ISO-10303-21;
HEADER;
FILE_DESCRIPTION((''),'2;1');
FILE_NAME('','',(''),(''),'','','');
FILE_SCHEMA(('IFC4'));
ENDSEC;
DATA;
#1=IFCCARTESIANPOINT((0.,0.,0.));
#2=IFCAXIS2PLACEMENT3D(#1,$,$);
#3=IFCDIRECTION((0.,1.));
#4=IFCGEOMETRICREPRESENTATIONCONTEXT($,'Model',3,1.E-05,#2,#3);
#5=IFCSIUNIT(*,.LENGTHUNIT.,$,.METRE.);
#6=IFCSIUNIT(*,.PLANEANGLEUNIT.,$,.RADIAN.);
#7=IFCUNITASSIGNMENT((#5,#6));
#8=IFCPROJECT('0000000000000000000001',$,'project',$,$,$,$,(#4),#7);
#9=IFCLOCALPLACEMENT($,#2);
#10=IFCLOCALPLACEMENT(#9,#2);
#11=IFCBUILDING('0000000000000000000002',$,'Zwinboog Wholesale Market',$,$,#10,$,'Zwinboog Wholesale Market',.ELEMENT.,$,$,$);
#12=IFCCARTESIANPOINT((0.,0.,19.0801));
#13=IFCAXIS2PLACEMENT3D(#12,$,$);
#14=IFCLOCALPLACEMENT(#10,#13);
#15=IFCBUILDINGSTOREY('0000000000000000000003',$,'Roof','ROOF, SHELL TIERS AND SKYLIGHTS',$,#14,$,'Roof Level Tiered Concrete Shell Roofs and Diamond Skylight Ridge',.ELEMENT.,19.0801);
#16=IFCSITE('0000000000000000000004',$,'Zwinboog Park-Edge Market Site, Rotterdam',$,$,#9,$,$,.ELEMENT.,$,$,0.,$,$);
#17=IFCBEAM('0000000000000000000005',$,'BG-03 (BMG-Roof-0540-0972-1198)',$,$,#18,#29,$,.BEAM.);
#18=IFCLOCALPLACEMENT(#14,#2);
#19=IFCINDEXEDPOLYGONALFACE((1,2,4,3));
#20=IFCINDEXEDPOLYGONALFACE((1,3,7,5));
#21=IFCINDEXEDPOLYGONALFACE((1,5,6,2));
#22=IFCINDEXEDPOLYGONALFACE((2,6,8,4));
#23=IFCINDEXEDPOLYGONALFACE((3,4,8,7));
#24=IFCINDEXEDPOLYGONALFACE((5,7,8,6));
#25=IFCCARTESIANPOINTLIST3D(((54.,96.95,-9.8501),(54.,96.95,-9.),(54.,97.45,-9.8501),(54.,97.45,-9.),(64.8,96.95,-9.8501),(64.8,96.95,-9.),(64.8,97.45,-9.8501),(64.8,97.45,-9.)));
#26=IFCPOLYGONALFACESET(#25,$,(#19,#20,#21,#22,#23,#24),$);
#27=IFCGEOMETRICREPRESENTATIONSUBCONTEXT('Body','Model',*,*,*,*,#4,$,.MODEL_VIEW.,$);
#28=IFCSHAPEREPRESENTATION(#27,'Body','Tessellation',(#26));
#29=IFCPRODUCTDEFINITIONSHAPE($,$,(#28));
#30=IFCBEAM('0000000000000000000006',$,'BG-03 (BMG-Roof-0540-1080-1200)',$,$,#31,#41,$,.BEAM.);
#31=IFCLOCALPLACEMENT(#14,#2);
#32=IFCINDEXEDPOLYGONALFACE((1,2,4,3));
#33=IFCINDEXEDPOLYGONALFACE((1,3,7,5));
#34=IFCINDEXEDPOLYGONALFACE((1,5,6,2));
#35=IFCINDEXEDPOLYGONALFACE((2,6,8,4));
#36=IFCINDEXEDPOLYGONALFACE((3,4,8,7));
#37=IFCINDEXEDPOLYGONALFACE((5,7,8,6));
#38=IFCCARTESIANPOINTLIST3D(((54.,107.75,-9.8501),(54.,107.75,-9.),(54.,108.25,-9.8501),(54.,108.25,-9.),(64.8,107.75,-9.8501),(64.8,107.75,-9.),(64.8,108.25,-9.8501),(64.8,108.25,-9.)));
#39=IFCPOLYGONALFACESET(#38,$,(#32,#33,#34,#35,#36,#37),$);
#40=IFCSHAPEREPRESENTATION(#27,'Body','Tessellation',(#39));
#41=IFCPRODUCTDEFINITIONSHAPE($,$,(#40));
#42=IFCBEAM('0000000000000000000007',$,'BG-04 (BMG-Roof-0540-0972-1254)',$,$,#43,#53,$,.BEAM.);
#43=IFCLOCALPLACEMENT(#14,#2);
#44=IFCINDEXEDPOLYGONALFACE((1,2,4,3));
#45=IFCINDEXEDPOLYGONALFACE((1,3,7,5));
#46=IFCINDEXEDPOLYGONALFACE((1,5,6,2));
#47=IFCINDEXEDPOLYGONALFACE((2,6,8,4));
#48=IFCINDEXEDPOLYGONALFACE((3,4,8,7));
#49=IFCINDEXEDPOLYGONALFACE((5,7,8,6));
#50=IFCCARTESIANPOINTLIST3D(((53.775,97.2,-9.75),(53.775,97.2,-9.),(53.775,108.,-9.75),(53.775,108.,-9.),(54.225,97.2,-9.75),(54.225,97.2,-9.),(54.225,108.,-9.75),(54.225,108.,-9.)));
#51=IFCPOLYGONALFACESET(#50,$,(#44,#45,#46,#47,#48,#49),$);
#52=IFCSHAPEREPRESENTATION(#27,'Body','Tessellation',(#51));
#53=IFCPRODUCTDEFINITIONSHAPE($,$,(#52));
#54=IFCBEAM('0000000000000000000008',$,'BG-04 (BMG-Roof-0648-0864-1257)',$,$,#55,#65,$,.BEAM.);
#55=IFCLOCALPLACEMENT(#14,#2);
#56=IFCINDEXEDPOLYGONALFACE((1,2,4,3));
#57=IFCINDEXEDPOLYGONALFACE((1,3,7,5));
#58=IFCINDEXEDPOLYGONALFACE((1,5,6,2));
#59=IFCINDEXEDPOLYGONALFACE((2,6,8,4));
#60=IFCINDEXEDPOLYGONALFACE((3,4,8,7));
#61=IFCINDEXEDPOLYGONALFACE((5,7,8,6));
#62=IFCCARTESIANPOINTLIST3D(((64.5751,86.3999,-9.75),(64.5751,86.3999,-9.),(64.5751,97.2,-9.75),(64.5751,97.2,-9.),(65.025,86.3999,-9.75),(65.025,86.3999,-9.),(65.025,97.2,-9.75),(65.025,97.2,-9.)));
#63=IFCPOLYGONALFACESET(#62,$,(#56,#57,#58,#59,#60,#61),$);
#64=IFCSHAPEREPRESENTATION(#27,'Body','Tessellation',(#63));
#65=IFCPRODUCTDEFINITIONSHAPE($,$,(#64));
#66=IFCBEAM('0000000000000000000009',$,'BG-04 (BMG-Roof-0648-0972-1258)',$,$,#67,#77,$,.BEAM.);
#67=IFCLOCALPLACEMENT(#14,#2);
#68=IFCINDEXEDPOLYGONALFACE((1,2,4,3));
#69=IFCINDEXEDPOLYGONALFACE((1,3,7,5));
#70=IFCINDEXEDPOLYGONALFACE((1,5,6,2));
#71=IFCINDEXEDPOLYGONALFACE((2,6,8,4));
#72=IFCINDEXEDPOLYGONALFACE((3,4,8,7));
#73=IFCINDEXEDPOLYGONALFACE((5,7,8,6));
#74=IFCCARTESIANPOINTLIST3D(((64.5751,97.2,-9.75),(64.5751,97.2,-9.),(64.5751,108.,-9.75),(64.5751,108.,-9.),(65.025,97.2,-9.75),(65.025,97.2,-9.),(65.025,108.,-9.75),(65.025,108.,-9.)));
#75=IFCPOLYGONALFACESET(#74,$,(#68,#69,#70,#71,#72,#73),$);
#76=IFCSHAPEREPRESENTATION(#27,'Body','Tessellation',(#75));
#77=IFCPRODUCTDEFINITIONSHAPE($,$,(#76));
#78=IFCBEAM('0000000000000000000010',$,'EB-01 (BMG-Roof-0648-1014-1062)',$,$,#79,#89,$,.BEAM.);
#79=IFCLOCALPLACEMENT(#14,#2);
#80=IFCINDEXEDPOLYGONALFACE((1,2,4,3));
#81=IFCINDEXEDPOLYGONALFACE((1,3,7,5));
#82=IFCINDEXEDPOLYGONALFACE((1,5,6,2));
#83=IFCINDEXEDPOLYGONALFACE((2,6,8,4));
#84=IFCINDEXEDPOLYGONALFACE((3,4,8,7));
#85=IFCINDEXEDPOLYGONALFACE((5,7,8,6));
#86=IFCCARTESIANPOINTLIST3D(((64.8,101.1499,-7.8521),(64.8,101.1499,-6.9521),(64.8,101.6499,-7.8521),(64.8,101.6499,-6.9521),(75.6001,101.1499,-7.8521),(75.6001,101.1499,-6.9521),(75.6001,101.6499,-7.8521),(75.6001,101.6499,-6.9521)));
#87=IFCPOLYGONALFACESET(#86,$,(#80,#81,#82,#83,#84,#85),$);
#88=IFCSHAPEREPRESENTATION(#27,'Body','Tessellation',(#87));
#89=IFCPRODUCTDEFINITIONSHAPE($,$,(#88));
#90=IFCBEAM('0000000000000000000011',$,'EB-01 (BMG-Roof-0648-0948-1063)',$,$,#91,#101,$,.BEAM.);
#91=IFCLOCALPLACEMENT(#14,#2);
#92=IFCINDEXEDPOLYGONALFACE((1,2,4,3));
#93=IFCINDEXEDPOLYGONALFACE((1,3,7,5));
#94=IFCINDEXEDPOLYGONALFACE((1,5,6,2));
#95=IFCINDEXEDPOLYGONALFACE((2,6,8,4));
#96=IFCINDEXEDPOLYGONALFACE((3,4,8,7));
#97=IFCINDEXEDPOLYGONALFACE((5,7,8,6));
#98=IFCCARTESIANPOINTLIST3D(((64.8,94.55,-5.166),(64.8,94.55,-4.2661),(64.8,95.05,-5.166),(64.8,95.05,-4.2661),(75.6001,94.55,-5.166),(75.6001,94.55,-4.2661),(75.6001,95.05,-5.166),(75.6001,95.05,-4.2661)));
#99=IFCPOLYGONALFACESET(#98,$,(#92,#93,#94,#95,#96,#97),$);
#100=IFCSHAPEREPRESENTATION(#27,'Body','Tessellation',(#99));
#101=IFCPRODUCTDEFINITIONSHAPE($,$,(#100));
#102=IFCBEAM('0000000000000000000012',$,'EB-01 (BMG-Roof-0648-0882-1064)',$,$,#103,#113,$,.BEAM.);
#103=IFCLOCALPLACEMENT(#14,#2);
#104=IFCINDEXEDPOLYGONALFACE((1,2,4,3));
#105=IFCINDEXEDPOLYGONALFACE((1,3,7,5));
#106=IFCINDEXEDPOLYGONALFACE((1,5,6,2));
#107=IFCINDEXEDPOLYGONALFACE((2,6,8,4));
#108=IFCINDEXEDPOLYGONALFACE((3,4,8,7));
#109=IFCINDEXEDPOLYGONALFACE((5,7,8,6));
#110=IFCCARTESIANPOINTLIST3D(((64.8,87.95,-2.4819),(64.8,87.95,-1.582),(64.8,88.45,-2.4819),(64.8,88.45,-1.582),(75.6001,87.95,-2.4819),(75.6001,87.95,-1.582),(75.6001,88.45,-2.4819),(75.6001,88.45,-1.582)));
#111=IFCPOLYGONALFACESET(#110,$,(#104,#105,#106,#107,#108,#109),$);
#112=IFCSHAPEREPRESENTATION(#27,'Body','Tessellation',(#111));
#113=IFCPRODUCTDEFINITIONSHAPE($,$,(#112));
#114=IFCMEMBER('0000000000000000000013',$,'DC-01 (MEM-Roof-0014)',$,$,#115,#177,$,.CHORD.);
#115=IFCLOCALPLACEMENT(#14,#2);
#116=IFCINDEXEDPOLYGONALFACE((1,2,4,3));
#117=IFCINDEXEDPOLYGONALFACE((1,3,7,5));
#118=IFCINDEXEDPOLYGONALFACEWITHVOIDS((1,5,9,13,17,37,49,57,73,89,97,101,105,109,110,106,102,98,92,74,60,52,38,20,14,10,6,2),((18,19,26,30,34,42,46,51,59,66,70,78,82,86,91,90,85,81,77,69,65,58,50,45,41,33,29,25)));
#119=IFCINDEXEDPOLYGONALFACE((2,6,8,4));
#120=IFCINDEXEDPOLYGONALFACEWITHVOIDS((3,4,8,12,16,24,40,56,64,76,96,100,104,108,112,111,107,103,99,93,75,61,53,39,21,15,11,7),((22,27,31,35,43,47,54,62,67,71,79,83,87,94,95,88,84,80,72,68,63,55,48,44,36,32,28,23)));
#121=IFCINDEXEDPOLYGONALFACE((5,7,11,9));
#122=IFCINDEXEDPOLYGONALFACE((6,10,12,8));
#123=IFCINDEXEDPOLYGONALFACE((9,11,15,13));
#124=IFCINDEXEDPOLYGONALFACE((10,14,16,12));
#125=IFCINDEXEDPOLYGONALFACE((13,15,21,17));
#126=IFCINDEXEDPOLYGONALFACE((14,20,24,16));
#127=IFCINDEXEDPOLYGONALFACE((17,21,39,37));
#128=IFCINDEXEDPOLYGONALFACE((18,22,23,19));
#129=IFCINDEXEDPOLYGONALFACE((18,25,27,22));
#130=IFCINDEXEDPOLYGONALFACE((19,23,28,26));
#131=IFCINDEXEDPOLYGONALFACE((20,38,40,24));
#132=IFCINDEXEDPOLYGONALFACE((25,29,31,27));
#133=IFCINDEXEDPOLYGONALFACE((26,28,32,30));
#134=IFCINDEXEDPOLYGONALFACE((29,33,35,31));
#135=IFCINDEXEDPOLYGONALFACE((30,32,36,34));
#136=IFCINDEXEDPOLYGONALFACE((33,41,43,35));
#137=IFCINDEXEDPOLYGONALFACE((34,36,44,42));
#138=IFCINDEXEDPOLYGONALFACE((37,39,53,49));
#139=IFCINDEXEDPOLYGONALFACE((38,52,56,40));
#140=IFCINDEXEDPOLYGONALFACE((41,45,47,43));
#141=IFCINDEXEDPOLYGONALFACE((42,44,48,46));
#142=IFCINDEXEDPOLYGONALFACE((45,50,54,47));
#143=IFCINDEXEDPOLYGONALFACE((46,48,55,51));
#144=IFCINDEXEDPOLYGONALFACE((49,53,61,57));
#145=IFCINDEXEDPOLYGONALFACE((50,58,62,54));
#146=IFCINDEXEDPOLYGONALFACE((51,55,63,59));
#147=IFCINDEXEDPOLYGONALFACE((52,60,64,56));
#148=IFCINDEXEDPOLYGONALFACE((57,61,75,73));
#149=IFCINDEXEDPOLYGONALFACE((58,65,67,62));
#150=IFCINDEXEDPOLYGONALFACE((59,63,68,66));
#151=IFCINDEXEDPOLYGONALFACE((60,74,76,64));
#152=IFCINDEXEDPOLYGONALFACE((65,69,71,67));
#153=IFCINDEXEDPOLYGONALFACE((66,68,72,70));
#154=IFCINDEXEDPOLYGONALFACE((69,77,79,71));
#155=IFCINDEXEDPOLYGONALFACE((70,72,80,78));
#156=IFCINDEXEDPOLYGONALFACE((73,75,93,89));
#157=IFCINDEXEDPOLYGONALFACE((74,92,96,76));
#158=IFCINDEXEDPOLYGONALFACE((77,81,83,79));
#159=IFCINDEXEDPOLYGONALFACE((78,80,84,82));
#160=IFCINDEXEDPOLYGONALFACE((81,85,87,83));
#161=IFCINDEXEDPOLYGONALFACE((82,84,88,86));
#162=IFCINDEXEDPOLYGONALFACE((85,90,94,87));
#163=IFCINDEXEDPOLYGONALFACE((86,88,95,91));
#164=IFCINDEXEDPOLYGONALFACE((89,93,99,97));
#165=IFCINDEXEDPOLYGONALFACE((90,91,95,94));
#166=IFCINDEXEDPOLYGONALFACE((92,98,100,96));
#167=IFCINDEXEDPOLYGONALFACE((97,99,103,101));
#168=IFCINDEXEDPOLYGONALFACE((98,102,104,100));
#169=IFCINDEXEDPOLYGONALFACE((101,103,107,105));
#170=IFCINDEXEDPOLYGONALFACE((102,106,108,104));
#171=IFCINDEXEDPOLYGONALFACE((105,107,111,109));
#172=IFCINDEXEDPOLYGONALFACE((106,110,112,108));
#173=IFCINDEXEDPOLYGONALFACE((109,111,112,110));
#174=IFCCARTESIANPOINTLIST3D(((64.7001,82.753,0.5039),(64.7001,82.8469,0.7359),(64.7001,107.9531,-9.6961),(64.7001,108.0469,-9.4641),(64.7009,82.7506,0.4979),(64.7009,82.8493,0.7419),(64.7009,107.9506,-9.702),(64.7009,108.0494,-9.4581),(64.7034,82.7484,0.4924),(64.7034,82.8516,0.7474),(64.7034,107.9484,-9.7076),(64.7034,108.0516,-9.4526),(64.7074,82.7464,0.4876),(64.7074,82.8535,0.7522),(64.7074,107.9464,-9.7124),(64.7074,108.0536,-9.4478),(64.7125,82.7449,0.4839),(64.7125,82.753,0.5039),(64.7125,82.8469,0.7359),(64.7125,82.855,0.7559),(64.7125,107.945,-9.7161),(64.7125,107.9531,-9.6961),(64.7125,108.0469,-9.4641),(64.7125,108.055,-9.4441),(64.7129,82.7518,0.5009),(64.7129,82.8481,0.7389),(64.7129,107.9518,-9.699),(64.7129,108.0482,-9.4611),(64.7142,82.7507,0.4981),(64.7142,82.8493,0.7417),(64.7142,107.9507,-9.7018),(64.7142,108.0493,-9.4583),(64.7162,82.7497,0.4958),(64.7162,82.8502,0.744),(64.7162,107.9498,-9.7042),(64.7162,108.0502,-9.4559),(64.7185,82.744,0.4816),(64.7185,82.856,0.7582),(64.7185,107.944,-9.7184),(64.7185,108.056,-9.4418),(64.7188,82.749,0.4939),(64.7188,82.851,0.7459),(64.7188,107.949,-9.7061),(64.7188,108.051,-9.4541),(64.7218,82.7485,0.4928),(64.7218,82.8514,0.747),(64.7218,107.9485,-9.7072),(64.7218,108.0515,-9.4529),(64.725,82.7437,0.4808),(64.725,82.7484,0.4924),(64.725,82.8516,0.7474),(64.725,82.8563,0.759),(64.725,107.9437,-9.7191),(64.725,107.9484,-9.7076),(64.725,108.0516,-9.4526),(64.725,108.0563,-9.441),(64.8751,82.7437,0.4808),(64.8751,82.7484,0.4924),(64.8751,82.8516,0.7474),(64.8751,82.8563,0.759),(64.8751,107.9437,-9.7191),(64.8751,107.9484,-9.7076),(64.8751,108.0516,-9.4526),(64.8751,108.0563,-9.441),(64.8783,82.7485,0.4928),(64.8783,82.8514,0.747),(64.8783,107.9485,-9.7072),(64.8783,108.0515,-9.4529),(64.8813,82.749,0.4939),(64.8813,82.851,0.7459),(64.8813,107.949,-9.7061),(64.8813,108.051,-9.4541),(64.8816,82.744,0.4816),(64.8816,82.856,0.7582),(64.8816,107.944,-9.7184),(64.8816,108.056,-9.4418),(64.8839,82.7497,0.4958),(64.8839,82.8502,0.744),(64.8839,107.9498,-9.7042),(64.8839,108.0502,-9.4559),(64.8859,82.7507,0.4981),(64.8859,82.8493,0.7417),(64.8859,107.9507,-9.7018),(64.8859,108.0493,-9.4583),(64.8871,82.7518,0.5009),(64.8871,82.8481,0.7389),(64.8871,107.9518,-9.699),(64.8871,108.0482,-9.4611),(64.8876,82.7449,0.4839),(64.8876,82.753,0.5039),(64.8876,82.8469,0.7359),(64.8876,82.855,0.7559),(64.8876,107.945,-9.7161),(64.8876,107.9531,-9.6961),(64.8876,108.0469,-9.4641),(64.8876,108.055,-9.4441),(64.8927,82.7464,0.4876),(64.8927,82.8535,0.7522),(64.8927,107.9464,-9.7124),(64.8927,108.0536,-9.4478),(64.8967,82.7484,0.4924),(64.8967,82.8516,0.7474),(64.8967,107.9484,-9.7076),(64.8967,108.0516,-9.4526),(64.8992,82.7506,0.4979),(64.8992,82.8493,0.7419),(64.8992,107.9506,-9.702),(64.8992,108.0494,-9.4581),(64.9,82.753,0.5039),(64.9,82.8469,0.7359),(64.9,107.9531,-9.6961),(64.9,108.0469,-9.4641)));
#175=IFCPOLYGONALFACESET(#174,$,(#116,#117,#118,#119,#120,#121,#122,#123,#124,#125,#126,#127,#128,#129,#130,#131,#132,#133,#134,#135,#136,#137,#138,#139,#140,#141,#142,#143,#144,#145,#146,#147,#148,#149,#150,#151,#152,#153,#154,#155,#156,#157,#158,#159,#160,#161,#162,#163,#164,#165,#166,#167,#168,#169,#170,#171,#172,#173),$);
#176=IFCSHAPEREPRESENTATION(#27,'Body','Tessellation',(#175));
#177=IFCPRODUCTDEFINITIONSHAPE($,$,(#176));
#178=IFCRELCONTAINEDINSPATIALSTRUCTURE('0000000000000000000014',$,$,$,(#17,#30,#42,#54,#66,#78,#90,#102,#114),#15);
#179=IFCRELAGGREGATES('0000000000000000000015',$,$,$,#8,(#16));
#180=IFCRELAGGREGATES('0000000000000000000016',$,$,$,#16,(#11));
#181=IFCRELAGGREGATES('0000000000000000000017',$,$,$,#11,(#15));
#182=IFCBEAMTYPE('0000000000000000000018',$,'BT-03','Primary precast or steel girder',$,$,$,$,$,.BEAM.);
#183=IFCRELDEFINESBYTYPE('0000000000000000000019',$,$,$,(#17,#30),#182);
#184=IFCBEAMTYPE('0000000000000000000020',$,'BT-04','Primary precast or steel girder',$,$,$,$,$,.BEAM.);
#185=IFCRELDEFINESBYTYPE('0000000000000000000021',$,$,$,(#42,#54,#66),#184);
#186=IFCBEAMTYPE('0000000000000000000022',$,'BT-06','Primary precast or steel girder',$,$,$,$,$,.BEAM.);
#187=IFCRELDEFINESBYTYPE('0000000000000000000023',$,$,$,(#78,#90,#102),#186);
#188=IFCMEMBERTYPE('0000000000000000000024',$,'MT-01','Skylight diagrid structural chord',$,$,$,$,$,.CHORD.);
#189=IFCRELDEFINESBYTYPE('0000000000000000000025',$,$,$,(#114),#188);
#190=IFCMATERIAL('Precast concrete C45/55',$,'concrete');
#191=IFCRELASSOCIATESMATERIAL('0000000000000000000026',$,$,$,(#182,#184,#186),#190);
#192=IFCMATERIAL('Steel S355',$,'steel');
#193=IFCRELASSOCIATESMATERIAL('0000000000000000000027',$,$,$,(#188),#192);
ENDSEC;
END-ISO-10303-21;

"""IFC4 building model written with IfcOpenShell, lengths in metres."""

from ifc_helpers import new_model, si_unit, direction, frame, origin, origin_2d, place, context, subcontext, project, spatial, rectangle, hollow_rectangle, extrude, material, material_profile, profile_set, type_object, element, save


model = new_model("IFC4")

# Units and contexts
model_context = context("Model", 3, precision=1e-05, world=origin(), true_north=direction((0.0, 1.0)))
body_context = subcontext(model_context, "Body", "Model", "MODEL_VIEW")
ifc_project = project(units=[si_unit("LENGTHUNIT", "METRE"), si_unit("PLANEANGLEUNIT", "RADIAN")], contexts=[model_context])

# Site, building, storey
site_placement = place(None, origin())
site = spatial("IfcSite", under=ifc_project, at=site_placement, Name="Zwinboog Park-Edge Market Site, Rotterdam", CompositionType="ELEMENT", RefElevation=0.0)
building_placement = place(site_placement, origin())
building = spatial("IfcBuilding", under=site, at=building_placement, Name="Zwinboog Wholesale Market", LongName="Zwinboog Wholesale Market", CompositionType="ELEMENT")
storey_placement = place(building_placement, frame((0.0, 0.0, 19.0801)))
storey = spatial("IfcBuildingStorey", under=building, at=storey_placement, Name="Roof", Description="ROOF, SHELL TIERS AND SKYLIGHTS", LongName="Roof Level Tiered Concrete Shell Roofs and Diamond Skylight Ridge", CompositionType="ELEMENT", Elevation=19.0801)

# Beams
ifc_material_1 = material(Name="Precast concrete C45/55", Category="concrete")
ifc_material_profile_1 = material_profile(ifc_material_1, rectangle(XDim=0.5, YDim=0.8501, at=origin_2d()), Name="PC 500x850")
ifc_profile_set_1 = profile_set([ifc_material_profile_1], Name="Precast concrete C45/55")
beam_type_1 = type_object("IfcBeamType", Name="BT-03", Description="Primary precast or steel girder", PredefinedType="BEAM", material=ifc_profile_set_1)
for number, where, z_axis, x_axis, name in (
    (1, (54.0, 97.2, -9.425), (1.0, 0.0, 0.0), (0.0, 1.0, 0.0), "BG-03 (BMG-Roof-0540-0972-1198)"),
    (2, (54.0, 108.0, -9.425), (1.0, 0.0, 0.0), (0.0, 1.0, 0.0), "BG-03 (BMG-Roof-0540-1080-1200)"),
):
    element("IfcBeam", number, at=place(storey_placement, frame(where, z_axis=z_axis, x_axis=x_axis)), inside=storey, type_object=beam_type_1, Name=name, PredefinedType="BEAM", context=body_context, shape_type="SweptSolid", body=[
        extrude(rectangle(XDim=0.5, YDim=0.8501, at=origin_2d()), origin(), (0.0, 0.0, 1.0), 10.8),
    ])
ifc_material_profile_2 = material_profile(ifc_material_1, rectangle(XDim=0.45, YDim=0.75, at=origin_2d()), Name="PC 450x750")
ifc_profile_set_2 = profile_set([ifc_material_profile_2], Name="Precast concrete C45/55")
beam_type_2 = type_object("IfcBeamType", Name="BT-04", Description="Primary precast or steel girder", PredefinedType="BEAM", material=ifc_profile_set_2)
for number, where, z_axis, x_axis, name in (
    (3, (54.0, 97.2, -9.375), (0.0, 1.0, 0.0), (-1.0, 0.0, 0.0), "BG-04 (BMG-Roof-0540-0972-1254)"),
    (4, (64.8, 86.3999, -9.375), (0.0, 1.0, 0.0), (-1.0, 0.0, 0.0), "BG-04 (BMG-Roof-0648-0864-1257)"),
    (5, (64.8, 97.2, -9.375), (0.0, 1.0, 0.0), (-1.0, 0.0, 0.0), "BG-04 (BMG-Roof-0648-0972-1258)"),
):
    element("IfcBeam", number, at=place(storey_placement, frame(where, z_axis=z_axis, x_axis=x_axis)), inside=storey, type_object=beam_type_2, Name=name, PredefinedType="BEAM", context=body_context, shape_type="SweptSolid", body=[
        extrude(rectangle(XDim=0.45, YDim=0.75, at=origin_2d()), origin(), (0.0, 0.0, 1.0), 10.8),
    ])
ifc_material_profile_3 = material_profile(ifc_material_1, rectangle(XDim=0.5, YDim=0.8999, at=origin_2d()), Name="PC 500x900")
ifc_profile_set_3 = profile_set([ifc_material_profile_3], Name="Precast concrete C45/55")
beam_type_3 = type_object("IfcBeamType", Name="BT-06", Description="Primary precast or steel girder", PredefinedType="BEAM", material=ifc_profile_set_3)
for number, where, z_axis, x_axis, name in (
    (6, (64.8, 101.3999, -7.4021), (1.0, 0.0, 0.0), (0.0, 1.0, 0.0), "EB-01 (BMG-Roof-0648-1014-1062)"),
    (7, (64.8, 94.8, -4.7161), (1.0, 0.0, 0.0), (0.0, 1.0, 0.0), "EB-01 (BMG-Roof-0648-0948-1063)"),
    (8, (64.8, 88.2, -2.032), (1.0, 0.0, 0.0), (0.0, 1.0, 0.0), "EB-01 (BMG-Roof-0648-0882-1064)"),
):
    element("IfcBeam", number, at=place(storey_placement, frame(where, z_axis=z_axis, x_axis=x_axis)), inside=storey, type_object=beam_type_3, Name=name, PredefinedType="BEAM", context=body_context, shape_type="SweptSolid", body=[
        extrude(rectangle(XDim=0.5, YDim=0.8999, at=origin_2d()), origin(), (0.0, 0.0, 1.0), 10.8),
    ])

# Member
ifc_material_2 = material(Name="Steel S355", Category="steel")
ifc_material_profile_4 = material_profile(ifc_material_2, hollow_rectangle(XDim=0.2, YDim=0.3, WallThickness=0.0125, InnerFilletRadius=0.0125, OuterFilletRadius=0.0249, at=origin_2d()), Name="RHS 300x200x12.5")
ifc_profile_set_4 = profile_set([ifc_material_profile_4], Name="Steel S355")
member_type_1 = type_object("IfcMemberType", Name="MT-01", Description="Skylight diagrid structural chord", PredefinedType="CHORD", material=ifc_profile_set_4)
member_1_placement = place(storey_placement, frame((64.8, 108.0, -9.5801), z_axis=(0.0, -0.926947, 0.375192), x_axis=(1.0, 0.0, 0.0)))
element("IfcMember", 9, at=member_1_placement, inside=storey, type_object=member_type_1, Name="DC-01 (MEM-Roof-0014)", PredefinedType="CHORD", context=body_context, shape_type="SweptSolid", body=[
    extrude(hollow_rectangle(XDim=0.2, YDim=0.3, WallThickness=0.0125, InnerFilletRadius=0.0125, OuterFilletRadius=0.0249, at=origin_2d()), origin(), (0.0, 0.0, 1.0), 27.186),
])

save(model, "model.ifc")
